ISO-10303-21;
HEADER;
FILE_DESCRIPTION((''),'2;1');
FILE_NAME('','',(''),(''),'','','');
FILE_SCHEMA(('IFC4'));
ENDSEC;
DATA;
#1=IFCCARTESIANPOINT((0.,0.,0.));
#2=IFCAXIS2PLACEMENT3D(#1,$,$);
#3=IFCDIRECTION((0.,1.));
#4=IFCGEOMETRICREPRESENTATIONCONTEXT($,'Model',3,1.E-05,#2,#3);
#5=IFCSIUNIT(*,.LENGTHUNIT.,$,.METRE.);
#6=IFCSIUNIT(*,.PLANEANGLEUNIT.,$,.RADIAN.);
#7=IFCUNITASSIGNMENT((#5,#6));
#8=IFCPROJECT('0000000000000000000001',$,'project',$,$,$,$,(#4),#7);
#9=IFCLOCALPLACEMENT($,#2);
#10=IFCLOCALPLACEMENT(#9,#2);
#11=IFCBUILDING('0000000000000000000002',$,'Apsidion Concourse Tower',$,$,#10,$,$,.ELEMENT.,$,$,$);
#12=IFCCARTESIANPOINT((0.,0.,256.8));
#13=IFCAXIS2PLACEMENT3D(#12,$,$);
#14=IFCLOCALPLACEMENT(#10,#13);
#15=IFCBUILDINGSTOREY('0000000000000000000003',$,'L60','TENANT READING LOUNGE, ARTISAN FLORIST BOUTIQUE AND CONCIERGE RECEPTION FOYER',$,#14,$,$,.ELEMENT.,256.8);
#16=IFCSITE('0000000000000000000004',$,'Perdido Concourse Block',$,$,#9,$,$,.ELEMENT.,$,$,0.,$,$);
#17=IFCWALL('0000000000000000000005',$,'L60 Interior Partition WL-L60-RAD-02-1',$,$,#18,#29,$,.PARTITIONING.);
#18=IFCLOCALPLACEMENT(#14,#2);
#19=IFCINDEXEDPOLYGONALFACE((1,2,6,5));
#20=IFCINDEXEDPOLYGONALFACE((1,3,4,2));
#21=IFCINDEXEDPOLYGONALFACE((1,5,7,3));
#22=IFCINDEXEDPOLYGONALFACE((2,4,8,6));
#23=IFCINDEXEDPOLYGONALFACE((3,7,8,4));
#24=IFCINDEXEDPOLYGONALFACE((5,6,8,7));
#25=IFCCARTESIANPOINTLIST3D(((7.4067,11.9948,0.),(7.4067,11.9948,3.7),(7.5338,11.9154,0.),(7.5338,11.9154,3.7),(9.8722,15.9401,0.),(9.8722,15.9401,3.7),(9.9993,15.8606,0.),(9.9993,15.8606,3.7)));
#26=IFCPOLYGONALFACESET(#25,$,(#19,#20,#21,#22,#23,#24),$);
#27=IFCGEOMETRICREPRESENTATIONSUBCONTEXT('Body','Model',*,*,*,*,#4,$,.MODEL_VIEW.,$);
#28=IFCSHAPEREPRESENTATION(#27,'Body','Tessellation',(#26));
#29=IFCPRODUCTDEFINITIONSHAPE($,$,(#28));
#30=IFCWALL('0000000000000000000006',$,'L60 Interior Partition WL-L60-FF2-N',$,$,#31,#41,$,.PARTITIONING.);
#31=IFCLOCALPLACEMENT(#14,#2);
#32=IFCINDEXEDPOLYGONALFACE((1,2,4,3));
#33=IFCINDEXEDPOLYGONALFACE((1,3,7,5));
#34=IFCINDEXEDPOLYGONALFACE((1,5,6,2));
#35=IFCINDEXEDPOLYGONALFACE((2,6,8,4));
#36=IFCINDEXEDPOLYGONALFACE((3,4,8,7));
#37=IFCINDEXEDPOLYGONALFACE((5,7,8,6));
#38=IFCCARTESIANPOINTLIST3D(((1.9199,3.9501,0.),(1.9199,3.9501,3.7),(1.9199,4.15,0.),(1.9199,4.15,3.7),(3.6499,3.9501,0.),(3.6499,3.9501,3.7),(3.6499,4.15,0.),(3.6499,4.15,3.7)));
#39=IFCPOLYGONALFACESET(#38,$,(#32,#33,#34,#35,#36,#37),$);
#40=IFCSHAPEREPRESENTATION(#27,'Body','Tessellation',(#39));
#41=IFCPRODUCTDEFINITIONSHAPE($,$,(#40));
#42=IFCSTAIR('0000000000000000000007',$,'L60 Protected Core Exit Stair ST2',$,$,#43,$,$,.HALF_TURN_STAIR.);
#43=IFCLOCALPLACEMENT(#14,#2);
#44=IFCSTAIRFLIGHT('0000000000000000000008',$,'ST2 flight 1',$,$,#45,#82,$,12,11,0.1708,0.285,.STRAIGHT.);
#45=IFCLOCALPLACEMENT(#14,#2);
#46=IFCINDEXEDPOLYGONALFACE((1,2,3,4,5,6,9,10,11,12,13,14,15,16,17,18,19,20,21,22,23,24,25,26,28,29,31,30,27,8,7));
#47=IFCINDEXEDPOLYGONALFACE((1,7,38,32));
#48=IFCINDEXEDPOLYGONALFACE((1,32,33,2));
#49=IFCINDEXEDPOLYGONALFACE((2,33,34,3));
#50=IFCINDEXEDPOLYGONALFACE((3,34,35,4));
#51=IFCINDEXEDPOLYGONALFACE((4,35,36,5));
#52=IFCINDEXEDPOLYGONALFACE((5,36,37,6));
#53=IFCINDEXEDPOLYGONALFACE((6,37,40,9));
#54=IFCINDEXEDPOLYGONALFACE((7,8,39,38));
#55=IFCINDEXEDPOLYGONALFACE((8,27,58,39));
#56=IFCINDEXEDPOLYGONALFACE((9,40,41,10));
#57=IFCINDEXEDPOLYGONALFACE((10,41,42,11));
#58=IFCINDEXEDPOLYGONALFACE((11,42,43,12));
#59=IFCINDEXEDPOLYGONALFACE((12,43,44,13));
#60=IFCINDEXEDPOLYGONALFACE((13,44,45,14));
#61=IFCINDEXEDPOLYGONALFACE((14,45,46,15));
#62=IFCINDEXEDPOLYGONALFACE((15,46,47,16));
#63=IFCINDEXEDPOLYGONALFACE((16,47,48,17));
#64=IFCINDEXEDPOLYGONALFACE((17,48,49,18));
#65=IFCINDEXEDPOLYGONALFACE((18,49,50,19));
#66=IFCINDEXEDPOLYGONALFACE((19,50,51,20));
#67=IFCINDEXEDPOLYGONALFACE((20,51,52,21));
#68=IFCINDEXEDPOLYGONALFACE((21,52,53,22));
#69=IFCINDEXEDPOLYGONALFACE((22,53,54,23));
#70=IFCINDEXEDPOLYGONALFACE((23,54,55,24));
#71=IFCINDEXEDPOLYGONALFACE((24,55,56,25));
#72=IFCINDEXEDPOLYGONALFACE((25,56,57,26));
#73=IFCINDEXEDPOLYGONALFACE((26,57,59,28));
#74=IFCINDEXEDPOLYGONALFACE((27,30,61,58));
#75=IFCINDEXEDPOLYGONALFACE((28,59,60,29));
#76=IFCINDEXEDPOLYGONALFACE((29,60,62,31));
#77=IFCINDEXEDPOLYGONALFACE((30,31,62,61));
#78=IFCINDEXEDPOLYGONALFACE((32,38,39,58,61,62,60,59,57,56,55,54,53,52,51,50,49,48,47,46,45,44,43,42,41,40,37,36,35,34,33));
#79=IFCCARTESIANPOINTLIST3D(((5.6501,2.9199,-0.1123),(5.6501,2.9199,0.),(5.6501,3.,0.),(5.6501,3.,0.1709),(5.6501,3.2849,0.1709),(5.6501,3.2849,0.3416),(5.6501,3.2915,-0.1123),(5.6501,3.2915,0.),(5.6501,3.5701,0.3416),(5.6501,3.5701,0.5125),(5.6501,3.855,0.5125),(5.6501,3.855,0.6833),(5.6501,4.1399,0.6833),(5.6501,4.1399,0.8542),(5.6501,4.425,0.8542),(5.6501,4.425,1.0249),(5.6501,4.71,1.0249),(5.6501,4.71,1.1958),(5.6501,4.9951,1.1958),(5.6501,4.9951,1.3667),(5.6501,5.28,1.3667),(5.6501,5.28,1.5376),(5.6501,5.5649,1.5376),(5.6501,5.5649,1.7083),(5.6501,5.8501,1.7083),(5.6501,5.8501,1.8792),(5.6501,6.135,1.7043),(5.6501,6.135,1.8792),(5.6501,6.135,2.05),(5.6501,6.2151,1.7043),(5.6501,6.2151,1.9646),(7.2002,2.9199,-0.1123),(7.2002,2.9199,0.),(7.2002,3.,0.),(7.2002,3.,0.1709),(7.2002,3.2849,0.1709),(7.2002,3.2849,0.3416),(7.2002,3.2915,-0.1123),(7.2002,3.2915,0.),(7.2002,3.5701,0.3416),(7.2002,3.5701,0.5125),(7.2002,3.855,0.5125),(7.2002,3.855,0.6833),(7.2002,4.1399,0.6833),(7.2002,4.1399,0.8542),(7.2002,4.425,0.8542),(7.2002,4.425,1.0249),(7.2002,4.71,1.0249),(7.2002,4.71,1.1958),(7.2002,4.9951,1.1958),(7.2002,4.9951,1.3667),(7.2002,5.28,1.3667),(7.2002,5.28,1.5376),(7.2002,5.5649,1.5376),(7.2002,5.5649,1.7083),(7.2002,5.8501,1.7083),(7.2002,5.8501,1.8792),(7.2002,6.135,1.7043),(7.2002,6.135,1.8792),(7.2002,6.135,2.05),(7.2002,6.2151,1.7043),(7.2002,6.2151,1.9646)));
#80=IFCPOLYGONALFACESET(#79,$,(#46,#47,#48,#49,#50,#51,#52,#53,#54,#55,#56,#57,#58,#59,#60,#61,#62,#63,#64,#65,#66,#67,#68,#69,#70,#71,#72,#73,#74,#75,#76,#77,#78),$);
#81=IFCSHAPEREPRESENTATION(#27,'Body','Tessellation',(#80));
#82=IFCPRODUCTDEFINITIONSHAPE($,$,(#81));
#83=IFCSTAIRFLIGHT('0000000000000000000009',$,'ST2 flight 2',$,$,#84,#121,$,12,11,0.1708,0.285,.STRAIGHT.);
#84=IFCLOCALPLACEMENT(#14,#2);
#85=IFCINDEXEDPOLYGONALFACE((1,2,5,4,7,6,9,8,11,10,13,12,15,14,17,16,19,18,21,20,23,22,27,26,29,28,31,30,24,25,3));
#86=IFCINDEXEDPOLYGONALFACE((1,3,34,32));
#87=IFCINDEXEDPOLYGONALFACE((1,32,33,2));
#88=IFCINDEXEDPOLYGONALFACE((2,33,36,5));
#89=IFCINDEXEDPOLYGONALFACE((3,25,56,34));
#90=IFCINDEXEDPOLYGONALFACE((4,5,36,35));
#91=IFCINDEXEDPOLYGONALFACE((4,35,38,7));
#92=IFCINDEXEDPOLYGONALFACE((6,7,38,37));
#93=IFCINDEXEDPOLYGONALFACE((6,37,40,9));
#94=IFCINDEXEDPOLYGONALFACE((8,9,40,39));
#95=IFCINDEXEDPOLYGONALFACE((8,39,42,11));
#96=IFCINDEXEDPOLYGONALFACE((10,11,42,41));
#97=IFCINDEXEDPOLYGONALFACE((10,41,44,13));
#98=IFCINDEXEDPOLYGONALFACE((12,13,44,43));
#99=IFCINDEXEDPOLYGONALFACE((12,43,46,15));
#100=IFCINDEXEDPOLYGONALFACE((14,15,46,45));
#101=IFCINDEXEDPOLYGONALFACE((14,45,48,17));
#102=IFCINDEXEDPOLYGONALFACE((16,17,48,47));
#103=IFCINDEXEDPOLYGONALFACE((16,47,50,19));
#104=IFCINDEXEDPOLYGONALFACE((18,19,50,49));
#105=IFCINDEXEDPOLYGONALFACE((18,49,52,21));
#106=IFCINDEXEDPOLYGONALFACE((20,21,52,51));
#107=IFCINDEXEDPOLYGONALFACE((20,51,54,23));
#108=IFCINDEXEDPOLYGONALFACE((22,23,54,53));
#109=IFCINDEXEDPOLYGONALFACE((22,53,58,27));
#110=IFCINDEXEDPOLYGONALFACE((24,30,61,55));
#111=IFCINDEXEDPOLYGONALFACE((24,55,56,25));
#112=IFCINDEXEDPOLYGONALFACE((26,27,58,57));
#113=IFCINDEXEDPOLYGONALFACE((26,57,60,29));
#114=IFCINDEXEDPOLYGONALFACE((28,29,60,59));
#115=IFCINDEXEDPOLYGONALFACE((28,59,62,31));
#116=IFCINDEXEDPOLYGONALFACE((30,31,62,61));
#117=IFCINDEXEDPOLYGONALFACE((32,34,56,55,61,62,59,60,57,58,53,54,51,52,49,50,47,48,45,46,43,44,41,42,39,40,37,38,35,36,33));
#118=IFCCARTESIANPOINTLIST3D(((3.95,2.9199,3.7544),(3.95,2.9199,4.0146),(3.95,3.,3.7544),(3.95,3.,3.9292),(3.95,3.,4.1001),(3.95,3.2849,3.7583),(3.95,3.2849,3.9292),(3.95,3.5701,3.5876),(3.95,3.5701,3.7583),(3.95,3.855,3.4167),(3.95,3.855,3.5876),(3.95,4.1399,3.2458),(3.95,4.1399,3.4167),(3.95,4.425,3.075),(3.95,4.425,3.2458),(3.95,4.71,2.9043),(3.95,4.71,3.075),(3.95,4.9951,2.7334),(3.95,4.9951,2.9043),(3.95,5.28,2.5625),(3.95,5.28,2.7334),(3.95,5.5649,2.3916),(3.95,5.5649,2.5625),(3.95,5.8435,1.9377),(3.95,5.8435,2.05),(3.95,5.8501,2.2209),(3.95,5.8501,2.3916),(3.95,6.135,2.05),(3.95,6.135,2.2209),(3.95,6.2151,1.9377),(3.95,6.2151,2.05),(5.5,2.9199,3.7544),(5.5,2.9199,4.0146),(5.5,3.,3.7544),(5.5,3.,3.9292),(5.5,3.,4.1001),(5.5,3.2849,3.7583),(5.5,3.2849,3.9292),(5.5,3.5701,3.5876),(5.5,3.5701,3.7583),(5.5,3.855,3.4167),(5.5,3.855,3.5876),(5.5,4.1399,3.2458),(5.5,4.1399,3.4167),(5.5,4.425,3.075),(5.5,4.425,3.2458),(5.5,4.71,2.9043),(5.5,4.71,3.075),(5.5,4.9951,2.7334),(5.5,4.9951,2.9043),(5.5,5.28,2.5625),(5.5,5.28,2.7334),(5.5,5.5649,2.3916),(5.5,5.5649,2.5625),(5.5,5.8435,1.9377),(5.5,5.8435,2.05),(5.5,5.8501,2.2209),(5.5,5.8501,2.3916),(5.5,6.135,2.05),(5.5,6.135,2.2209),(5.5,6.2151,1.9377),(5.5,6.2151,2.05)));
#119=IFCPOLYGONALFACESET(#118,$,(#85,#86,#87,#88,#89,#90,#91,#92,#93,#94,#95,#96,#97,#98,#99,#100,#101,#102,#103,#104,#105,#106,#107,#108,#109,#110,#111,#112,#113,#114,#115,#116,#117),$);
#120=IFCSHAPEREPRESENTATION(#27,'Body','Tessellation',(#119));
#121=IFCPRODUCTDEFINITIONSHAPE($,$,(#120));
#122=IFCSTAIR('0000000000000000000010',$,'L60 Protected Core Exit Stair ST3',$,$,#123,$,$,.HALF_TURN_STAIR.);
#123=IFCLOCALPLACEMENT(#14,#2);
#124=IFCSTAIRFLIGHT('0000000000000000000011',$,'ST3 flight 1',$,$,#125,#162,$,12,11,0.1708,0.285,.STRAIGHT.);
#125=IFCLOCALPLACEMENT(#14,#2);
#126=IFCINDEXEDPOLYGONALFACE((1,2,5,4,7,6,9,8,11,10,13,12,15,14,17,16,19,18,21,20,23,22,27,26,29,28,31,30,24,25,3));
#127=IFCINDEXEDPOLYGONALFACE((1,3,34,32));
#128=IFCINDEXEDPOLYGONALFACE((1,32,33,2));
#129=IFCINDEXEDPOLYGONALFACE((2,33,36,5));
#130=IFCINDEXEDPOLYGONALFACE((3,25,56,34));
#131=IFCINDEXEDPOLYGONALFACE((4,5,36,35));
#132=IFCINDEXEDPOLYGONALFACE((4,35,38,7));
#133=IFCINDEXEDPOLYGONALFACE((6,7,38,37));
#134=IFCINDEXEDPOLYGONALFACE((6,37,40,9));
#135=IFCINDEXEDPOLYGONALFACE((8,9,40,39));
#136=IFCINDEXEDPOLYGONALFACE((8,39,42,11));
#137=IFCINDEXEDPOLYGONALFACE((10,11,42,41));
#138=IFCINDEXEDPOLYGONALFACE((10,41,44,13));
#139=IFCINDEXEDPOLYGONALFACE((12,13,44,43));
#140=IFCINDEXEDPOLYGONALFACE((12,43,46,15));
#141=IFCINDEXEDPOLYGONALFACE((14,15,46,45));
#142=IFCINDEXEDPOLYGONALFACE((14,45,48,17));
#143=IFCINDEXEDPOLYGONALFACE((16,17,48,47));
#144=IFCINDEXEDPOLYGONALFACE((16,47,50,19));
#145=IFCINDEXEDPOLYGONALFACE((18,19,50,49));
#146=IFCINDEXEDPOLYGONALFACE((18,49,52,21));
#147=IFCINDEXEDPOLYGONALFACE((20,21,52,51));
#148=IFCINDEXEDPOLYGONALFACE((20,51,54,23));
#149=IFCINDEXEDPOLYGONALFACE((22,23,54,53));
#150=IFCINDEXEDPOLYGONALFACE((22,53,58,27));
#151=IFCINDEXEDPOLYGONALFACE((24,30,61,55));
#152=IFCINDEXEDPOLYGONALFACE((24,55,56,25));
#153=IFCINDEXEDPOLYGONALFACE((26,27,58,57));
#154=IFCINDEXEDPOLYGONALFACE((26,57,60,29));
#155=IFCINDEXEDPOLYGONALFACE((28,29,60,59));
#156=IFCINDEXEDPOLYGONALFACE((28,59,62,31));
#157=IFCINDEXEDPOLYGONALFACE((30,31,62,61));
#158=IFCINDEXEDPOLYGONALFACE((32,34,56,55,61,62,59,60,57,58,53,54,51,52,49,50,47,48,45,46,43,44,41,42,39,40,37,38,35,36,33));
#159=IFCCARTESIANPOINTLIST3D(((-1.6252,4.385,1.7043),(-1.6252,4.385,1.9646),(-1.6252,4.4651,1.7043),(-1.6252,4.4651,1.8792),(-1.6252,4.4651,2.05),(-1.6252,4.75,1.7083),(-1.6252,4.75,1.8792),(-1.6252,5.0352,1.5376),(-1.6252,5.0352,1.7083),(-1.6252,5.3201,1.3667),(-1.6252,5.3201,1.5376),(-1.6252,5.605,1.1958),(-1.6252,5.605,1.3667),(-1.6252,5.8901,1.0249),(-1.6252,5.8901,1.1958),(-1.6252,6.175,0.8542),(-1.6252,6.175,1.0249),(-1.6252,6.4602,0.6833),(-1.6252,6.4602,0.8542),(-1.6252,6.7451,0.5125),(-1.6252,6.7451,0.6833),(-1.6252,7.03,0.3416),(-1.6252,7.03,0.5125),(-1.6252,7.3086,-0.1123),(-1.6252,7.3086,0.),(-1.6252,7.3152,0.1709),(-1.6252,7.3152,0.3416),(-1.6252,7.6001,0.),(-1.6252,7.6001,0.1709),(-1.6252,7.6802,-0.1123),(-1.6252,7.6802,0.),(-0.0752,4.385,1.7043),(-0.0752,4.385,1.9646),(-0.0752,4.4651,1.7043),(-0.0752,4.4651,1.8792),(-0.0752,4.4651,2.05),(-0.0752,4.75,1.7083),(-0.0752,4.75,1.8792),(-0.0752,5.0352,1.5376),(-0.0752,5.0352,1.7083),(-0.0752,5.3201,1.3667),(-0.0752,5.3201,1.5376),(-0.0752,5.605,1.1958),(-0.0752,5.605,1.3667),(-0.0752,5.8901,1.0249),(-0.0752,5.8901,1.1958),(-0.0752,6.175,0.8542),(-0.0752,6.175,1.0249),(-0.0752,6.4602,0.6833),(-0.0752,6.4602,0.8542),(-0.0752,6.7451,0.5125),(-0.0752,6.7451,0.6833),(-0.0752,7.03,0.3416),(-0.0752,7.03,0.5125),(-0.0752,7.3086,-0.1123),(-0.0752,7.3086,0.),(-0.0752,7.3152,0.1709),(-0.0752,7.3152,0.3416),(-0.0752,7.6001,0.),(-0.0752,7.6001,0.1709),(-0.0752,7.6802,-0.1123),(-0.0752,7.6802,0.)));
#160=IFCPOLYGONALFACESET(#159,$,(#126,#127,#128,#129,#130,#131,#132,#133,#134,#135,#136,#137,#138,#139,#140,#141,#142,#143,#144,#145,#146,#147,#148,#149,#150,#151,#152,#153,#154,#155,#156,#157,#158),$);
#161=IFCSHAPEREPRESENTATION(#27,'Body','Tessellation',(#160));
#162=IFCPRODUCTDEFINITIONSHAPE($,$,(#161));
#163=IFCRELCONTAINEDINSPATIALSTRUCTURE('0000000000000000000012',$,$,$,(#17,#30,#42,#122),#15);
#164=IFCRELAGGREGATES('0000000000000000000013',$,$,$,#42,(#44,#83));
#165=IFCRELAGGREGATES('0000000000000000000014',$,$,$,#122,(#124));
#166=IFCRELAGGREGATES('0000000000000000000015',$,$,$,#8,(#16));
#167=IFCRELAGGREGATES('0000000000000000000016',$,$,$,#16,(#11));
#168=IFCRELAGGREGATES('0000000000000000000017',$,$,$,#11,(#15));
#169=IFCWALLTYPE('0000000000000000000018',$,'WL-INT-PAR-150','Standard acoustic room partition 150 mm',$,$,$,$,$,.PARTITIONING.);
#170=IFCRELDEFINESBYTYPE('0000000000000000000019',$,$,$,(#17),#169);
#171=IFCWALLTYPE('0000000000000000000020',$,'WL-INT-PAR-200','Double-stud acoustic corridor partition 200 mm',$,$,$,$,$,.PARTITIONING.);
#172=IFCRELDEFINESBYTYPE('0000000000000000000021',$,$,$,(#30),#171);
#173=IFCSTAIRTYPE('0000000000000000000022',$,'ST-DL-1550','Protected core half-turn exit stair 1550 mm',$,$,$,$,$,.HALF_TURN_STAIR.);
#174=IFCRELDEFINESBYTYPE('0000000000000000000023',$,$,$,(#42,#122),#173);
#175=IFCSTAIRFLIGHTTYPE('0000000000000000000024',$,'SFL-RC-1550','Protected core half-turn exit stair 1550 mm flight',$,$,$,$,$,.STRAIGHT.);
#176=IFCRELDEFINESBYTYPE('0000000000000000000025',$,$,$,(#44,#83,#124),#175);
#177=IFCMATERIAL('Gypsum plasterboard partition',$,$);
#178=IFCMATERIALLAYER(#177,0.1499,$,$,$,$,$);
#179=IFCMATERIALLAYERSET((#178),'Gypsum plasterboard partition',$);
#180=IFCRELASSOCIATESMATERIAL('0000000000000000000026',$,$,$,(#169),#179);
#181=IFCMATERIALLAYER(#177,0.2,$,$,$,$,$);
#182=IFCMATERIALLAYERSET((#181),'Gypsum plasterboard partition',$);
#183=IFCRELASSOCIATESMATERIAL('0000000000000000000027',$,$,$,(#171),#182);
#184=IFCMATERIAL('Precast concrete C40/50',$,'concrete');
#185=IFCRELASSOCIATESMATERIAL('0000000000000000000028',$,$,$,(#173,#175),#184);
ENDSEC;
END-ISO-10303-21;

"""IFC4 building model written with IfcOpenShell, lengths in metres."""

from ifc_helpers import new_model, si_unit, direction, frame, frame_2d, origin, place, context, subcontext, project, spatial, polyline, rectangle, outline, extrude, material, layer, layer_set, type_object, element, aggregate, save


model = new_model("IFC4")

# Units and contexts
model_context = context("Model", 3, precision=1e-05, world=origin(), true_north=direction((0.0, 1.0)))
body_context = subcontext(model_context, "Body", "Model", "MODEL_VIEW")
ifc_project = project(units=[si_unit("LENGTHUNIT", "METRE"), si_unit("PLANEANGLEUNIT", "RADIAN")], contexts=[model_context])

# Site, building, storey
site_placement = place(None, origin())
site = spatial("IfcSite", under=ifc_project, at=site_placement, Name="Perdido Concourse Block", CompositionType="ELEMENT", RefElevation=0.0)
building_placement = place(site_placement, origin())
building = spatial("IfcBuilding", under=site, at=building_placement, Name="Apsidion Concourse Tower", CompositionType="ELEMENT")
storey_placement = place(building_placement, frame((0.0, 0.0, 256.8)))
storey = spatial("IfcBuildingStorey", under=building, at=storey_placement, Name="L60", Description="TENANT READING LOUNGE, ARTISAN FLORIST BOUTIQUE AND CONCIERGE RECEPTION FOYER", CompositionType="ELEMENT", Elevation=256.8)

# Shared definitions
ifc_material_1 = material(Name="Gypsum plasterboard partition")
ifc_layer_1 = layer(ifc_material_1, 0.1499)
ifc_layer_set_1 = layer_set([ifc_layer_1], Name="Gypsum plasterboard partition")
wall_type_1 = type_object("IfcWallType", Name="WL-INT-PAR-150", Description="Standard acoustic room partition 150 mm", PredefinedType="PARTITIONING", material=ifc_layer_set_1)

# Walls
wall_1_placement = place(storey_placement, frame((7.4702, 11.9551, 0.0), z_axis=(0.0, 0.0, 1.0), x_axis=(0.529961, 0.848022, 0.0)))
element("IfcWall", 1, at=wall_1_placement, inside=storey, type_object=wall_type_1, Name="L60 Interior Partition WL-L60-RAD-02-1", PredefinedType="PARTITIONING", context=body_context, shape_type="SweptSolid", body=[
    extrude(rectangle(XDim=4.6523, YDim=0.1499, at=frame_2d((2.3262, 0.0))), origin(), (0.0, 0.0, 1.0), 3.7),
])
ifc_layer_2 = layer(ifc_material_1, 0.2)
ifc_layer_set_2 = layer_set([ifc_layer_2], Name="Gypsum plasterboard partition")
wall_type_2 = type_object("IfcWallType", Name="WL-INT-PAR-200", Description="Double-stud acoustic corridor partition 200 mm", PredefinedType="PARTITIONING", material=ifc_layer_set_2)
wall_2_placement = place(storey_placement, frame((1.9199, 4.05, 0.0), z_axis=(0.0, 0.0, 1.0), x_axis=(1.0, 0.0, 0.0)))
element("IfcWall", 2, at=wall_2_placement, inside=storey, type_object=wall_type_2, Name="L60 Interior Partition WL-L60-FF2-N", PredefinedType="PARTITIONING", context=body_context, shape_type="SweptSolid", body=[
    extrude(rectangle(XDim=1.73, YDim=0.2, at=frame_2d((0.865, 0.0))), origin(), (0.0, 0.0, 1.0), 3.7),
])

# Stairs, stair flights
ifc_material_2 = material(Name="Precast concrete C40/50", Category="concrete")
stair_type = type_object("IfcStairType", Name="ST-DL-1550", Description="Protected core half-turn exit stair 1550 mm", PredefinedType="HALF_TURN_STAIR", material=ifc_material_2)
stair_1_placement = place(storey_placement, origin())
stair_1 = element("IfcStair", 3, at=stair_1_placement, inside=storey, type_object=stair_type, Name="L60 Protected Core Exit Stair ST2", PredefinedType="HALF_TURN_STAIR")
stair_flight_type = type_object("IfcStairFlightType", Name="SFL-RC-1550", Description="Protected core half-turn exit stair 1550 mm flight", PredefinedType="STRAIGHT", material=ifc_material_2)
stair_flight_1_placement = place(storey_placement, frame((6.425, 3.0, 0.0), z_axis=(0.0, 0.0, 1.0), x_axis=(0.0, 1.0, 0.0)))
stair_flight_1 = element("IfcStairFlight", 4, at=stair_flight_1_placement, type_object=stair_flight_type, Name="ST2 flight 1", NumberOfRisers=12, NumberOfTreads=11, PredefinedType="STRAIGHT", RiserHeight=0.1708, TreadLength=0.285, context=body_context, shape_type="SweptSolid", body=[
    extrude(outline(polyline([(-0.0801, -0.1123), (-0.0801, 0.0), (0.0, 0.0), (0.0, 0.1709), (0.2849, 0.1709), (0.2849, 0.3416), (0.5701, 0.3416), (0.5701, 0.5125), (0.855, 0.5125), (0.855, 0.6833), (1.1399, 0.6833), (1.1399, 0.8542), (1.425, 0.8542), (1.425, 1.0249), (1.71, 1.0249), (1.71, 1.1958), (1.9951, 1.1958), (1.9951, 1.3667), (2.28, 1.3667), (2.28, 1.5376), (2.5649, 1.5376), (2.5649, 1.7083), (2.8501, 1.7083), (2.8501, 1.8792), (3.135, 1.8792), (3.135, 2.05), (3.2151, 1.9646), (3.2151, 1.7043), (3.135, 1.7043), (0.2915, 0.0), (0.2915, -0.1123), (-0.0801, -0.1123)])), frame((0.0, 0.7749, 0.0), z_axis=(0.0, -1.0, 0.0), x_axis=(1.0, 0.0, 0.0)), (0.0, 0.0, 1.0), 1.55),
])
stair_flight_2_placement = place(storey_placement, frame((4.7251, 6.135, 2.05), z_axis=(0.0, 0.0, 1.0), x_axis=(0.0, -1.0, 0.0)))
stair_flight_2 = element("IfcStairFlight", 5, at=stair_flight_2_placement, type_object=stair_flight_type, Name="ST2 flight 2", NumberOfRisers=12, NumberOfTreads=11, PredefinedType="STRAIGHT", RiserHeight=0.1708, TreadLength=0.285, context=body_context, shape_type="SweptSolid", body=[
    extrude(outline(polyline([(-0.0801, -0.1123), (-0.0801, 0.0), (0.0, 0.0), (0.0, 0.1709), (0.2849, 0.1709), (0.2849, 0.3416), (0.5701, 0.3416), (0.5701, 0.5125), (0.855, 0.5125), (0.855, 0.6833), (1.1399, 0.6833), (1.1399, 0.8542), (1.425, 0.8542), (1.425, 1.0249), (1.71, 1.0249), (1.71, 1.1958), (1.9951, 1.1958), (1.9951, 1.3667), (2.28, 1.3667), (2.28, 1.5376), (2.5649, 1.5376), (2.5649, 1.7083), (2.8501, 1.7083), (2.8501, 1.8792), (3.135, 1.8792), (3.135, 2.05), (3.2151, 1.9646), (3.2151, 1.7043), (3.135, 1.7043), (0.2915, 0.0), (0.2915, -0.1123), (-0.0801, -0.1123)])), frame((0.0, 0.7749, 0.0), z_axis=(0.0, -1.0, 0.0), x_axis=(1.0, 0.0, 0.0)), (0.0, 0.0, 1.0), 1.55),
])
aggregate(stair_1, [stair_flight_1, stair_flight_2])
stair_2_placement = place(storey_placement, origin())
stair_2 = element("IfcStair", 6, at=stair_2_placement, inside=storey, type_object=stair_type, Name="L60 Protected Core Exit Stair ST3", PredefinedType="HALF_TURN_STAIR")
stair_flight_3_placement = place(storey_placement, frame((-0.8501, 7.6001, 0.0), z_axis=(0.0, 0.0, 1.0), x_axis=(0.0, -1.0, 0.0)))
stair_flight_3 = element("IfcStairFlight", 7, at=stair_flight_3_placement, type_object=stair_flight_type, Name="ST3 flight 1", NumberOfRisers=12, NumberOfTreads=11, PredefinedType="STRAIGHT", RiserHeight=0.1708, TreadLength=0.285, context=body_context, shape_type="SweptSolid", body=[
    extrude(outline(polyline([(-0.0801, -0.1123), (-0.0801, 0.0), (0.0, 0.0), (0.0, 0.1709), (0.2849, 0.1709), (0.2849, 0.3416), (0.5701, 0.3416), (0.5701, 0.5125), (0.855, 0.5125), (0.855, 0.6833), (1.1399, 0.6833), (1.1399, 0.8542), (1.425, 0.8542), (1.425, 1.0249), (1.71, 1.0249), (1.71, 1.1958), (1.9951, 1.1958), (1.9951, 1.3667), (2.28, 1.3667), (2.28, 1.5376), (2.5649, 1.5376), (2.5649, 1.7083), (2.8501, 1.7083), (2.8501, 1.8792), (3.135, 1.8792), (3.135, 2.05), (3.2151, 1.9646), (3.2151, 1.7043), (3.135, 1.7043), (0.2915, 0.0), (0.2915, -0.1123), (-0.0801, -0.1123)])), frame((0.0, 0.7749, 0.0), z_axis=(0.0, -1.0, 0.0), x_axis=(1.0, 0.0, 0.0)), (0.0, 0.0, 1.0), 1.55),
])
aggregate(stair_2, [stair_flight_3])

save(model, "model.ifc")
